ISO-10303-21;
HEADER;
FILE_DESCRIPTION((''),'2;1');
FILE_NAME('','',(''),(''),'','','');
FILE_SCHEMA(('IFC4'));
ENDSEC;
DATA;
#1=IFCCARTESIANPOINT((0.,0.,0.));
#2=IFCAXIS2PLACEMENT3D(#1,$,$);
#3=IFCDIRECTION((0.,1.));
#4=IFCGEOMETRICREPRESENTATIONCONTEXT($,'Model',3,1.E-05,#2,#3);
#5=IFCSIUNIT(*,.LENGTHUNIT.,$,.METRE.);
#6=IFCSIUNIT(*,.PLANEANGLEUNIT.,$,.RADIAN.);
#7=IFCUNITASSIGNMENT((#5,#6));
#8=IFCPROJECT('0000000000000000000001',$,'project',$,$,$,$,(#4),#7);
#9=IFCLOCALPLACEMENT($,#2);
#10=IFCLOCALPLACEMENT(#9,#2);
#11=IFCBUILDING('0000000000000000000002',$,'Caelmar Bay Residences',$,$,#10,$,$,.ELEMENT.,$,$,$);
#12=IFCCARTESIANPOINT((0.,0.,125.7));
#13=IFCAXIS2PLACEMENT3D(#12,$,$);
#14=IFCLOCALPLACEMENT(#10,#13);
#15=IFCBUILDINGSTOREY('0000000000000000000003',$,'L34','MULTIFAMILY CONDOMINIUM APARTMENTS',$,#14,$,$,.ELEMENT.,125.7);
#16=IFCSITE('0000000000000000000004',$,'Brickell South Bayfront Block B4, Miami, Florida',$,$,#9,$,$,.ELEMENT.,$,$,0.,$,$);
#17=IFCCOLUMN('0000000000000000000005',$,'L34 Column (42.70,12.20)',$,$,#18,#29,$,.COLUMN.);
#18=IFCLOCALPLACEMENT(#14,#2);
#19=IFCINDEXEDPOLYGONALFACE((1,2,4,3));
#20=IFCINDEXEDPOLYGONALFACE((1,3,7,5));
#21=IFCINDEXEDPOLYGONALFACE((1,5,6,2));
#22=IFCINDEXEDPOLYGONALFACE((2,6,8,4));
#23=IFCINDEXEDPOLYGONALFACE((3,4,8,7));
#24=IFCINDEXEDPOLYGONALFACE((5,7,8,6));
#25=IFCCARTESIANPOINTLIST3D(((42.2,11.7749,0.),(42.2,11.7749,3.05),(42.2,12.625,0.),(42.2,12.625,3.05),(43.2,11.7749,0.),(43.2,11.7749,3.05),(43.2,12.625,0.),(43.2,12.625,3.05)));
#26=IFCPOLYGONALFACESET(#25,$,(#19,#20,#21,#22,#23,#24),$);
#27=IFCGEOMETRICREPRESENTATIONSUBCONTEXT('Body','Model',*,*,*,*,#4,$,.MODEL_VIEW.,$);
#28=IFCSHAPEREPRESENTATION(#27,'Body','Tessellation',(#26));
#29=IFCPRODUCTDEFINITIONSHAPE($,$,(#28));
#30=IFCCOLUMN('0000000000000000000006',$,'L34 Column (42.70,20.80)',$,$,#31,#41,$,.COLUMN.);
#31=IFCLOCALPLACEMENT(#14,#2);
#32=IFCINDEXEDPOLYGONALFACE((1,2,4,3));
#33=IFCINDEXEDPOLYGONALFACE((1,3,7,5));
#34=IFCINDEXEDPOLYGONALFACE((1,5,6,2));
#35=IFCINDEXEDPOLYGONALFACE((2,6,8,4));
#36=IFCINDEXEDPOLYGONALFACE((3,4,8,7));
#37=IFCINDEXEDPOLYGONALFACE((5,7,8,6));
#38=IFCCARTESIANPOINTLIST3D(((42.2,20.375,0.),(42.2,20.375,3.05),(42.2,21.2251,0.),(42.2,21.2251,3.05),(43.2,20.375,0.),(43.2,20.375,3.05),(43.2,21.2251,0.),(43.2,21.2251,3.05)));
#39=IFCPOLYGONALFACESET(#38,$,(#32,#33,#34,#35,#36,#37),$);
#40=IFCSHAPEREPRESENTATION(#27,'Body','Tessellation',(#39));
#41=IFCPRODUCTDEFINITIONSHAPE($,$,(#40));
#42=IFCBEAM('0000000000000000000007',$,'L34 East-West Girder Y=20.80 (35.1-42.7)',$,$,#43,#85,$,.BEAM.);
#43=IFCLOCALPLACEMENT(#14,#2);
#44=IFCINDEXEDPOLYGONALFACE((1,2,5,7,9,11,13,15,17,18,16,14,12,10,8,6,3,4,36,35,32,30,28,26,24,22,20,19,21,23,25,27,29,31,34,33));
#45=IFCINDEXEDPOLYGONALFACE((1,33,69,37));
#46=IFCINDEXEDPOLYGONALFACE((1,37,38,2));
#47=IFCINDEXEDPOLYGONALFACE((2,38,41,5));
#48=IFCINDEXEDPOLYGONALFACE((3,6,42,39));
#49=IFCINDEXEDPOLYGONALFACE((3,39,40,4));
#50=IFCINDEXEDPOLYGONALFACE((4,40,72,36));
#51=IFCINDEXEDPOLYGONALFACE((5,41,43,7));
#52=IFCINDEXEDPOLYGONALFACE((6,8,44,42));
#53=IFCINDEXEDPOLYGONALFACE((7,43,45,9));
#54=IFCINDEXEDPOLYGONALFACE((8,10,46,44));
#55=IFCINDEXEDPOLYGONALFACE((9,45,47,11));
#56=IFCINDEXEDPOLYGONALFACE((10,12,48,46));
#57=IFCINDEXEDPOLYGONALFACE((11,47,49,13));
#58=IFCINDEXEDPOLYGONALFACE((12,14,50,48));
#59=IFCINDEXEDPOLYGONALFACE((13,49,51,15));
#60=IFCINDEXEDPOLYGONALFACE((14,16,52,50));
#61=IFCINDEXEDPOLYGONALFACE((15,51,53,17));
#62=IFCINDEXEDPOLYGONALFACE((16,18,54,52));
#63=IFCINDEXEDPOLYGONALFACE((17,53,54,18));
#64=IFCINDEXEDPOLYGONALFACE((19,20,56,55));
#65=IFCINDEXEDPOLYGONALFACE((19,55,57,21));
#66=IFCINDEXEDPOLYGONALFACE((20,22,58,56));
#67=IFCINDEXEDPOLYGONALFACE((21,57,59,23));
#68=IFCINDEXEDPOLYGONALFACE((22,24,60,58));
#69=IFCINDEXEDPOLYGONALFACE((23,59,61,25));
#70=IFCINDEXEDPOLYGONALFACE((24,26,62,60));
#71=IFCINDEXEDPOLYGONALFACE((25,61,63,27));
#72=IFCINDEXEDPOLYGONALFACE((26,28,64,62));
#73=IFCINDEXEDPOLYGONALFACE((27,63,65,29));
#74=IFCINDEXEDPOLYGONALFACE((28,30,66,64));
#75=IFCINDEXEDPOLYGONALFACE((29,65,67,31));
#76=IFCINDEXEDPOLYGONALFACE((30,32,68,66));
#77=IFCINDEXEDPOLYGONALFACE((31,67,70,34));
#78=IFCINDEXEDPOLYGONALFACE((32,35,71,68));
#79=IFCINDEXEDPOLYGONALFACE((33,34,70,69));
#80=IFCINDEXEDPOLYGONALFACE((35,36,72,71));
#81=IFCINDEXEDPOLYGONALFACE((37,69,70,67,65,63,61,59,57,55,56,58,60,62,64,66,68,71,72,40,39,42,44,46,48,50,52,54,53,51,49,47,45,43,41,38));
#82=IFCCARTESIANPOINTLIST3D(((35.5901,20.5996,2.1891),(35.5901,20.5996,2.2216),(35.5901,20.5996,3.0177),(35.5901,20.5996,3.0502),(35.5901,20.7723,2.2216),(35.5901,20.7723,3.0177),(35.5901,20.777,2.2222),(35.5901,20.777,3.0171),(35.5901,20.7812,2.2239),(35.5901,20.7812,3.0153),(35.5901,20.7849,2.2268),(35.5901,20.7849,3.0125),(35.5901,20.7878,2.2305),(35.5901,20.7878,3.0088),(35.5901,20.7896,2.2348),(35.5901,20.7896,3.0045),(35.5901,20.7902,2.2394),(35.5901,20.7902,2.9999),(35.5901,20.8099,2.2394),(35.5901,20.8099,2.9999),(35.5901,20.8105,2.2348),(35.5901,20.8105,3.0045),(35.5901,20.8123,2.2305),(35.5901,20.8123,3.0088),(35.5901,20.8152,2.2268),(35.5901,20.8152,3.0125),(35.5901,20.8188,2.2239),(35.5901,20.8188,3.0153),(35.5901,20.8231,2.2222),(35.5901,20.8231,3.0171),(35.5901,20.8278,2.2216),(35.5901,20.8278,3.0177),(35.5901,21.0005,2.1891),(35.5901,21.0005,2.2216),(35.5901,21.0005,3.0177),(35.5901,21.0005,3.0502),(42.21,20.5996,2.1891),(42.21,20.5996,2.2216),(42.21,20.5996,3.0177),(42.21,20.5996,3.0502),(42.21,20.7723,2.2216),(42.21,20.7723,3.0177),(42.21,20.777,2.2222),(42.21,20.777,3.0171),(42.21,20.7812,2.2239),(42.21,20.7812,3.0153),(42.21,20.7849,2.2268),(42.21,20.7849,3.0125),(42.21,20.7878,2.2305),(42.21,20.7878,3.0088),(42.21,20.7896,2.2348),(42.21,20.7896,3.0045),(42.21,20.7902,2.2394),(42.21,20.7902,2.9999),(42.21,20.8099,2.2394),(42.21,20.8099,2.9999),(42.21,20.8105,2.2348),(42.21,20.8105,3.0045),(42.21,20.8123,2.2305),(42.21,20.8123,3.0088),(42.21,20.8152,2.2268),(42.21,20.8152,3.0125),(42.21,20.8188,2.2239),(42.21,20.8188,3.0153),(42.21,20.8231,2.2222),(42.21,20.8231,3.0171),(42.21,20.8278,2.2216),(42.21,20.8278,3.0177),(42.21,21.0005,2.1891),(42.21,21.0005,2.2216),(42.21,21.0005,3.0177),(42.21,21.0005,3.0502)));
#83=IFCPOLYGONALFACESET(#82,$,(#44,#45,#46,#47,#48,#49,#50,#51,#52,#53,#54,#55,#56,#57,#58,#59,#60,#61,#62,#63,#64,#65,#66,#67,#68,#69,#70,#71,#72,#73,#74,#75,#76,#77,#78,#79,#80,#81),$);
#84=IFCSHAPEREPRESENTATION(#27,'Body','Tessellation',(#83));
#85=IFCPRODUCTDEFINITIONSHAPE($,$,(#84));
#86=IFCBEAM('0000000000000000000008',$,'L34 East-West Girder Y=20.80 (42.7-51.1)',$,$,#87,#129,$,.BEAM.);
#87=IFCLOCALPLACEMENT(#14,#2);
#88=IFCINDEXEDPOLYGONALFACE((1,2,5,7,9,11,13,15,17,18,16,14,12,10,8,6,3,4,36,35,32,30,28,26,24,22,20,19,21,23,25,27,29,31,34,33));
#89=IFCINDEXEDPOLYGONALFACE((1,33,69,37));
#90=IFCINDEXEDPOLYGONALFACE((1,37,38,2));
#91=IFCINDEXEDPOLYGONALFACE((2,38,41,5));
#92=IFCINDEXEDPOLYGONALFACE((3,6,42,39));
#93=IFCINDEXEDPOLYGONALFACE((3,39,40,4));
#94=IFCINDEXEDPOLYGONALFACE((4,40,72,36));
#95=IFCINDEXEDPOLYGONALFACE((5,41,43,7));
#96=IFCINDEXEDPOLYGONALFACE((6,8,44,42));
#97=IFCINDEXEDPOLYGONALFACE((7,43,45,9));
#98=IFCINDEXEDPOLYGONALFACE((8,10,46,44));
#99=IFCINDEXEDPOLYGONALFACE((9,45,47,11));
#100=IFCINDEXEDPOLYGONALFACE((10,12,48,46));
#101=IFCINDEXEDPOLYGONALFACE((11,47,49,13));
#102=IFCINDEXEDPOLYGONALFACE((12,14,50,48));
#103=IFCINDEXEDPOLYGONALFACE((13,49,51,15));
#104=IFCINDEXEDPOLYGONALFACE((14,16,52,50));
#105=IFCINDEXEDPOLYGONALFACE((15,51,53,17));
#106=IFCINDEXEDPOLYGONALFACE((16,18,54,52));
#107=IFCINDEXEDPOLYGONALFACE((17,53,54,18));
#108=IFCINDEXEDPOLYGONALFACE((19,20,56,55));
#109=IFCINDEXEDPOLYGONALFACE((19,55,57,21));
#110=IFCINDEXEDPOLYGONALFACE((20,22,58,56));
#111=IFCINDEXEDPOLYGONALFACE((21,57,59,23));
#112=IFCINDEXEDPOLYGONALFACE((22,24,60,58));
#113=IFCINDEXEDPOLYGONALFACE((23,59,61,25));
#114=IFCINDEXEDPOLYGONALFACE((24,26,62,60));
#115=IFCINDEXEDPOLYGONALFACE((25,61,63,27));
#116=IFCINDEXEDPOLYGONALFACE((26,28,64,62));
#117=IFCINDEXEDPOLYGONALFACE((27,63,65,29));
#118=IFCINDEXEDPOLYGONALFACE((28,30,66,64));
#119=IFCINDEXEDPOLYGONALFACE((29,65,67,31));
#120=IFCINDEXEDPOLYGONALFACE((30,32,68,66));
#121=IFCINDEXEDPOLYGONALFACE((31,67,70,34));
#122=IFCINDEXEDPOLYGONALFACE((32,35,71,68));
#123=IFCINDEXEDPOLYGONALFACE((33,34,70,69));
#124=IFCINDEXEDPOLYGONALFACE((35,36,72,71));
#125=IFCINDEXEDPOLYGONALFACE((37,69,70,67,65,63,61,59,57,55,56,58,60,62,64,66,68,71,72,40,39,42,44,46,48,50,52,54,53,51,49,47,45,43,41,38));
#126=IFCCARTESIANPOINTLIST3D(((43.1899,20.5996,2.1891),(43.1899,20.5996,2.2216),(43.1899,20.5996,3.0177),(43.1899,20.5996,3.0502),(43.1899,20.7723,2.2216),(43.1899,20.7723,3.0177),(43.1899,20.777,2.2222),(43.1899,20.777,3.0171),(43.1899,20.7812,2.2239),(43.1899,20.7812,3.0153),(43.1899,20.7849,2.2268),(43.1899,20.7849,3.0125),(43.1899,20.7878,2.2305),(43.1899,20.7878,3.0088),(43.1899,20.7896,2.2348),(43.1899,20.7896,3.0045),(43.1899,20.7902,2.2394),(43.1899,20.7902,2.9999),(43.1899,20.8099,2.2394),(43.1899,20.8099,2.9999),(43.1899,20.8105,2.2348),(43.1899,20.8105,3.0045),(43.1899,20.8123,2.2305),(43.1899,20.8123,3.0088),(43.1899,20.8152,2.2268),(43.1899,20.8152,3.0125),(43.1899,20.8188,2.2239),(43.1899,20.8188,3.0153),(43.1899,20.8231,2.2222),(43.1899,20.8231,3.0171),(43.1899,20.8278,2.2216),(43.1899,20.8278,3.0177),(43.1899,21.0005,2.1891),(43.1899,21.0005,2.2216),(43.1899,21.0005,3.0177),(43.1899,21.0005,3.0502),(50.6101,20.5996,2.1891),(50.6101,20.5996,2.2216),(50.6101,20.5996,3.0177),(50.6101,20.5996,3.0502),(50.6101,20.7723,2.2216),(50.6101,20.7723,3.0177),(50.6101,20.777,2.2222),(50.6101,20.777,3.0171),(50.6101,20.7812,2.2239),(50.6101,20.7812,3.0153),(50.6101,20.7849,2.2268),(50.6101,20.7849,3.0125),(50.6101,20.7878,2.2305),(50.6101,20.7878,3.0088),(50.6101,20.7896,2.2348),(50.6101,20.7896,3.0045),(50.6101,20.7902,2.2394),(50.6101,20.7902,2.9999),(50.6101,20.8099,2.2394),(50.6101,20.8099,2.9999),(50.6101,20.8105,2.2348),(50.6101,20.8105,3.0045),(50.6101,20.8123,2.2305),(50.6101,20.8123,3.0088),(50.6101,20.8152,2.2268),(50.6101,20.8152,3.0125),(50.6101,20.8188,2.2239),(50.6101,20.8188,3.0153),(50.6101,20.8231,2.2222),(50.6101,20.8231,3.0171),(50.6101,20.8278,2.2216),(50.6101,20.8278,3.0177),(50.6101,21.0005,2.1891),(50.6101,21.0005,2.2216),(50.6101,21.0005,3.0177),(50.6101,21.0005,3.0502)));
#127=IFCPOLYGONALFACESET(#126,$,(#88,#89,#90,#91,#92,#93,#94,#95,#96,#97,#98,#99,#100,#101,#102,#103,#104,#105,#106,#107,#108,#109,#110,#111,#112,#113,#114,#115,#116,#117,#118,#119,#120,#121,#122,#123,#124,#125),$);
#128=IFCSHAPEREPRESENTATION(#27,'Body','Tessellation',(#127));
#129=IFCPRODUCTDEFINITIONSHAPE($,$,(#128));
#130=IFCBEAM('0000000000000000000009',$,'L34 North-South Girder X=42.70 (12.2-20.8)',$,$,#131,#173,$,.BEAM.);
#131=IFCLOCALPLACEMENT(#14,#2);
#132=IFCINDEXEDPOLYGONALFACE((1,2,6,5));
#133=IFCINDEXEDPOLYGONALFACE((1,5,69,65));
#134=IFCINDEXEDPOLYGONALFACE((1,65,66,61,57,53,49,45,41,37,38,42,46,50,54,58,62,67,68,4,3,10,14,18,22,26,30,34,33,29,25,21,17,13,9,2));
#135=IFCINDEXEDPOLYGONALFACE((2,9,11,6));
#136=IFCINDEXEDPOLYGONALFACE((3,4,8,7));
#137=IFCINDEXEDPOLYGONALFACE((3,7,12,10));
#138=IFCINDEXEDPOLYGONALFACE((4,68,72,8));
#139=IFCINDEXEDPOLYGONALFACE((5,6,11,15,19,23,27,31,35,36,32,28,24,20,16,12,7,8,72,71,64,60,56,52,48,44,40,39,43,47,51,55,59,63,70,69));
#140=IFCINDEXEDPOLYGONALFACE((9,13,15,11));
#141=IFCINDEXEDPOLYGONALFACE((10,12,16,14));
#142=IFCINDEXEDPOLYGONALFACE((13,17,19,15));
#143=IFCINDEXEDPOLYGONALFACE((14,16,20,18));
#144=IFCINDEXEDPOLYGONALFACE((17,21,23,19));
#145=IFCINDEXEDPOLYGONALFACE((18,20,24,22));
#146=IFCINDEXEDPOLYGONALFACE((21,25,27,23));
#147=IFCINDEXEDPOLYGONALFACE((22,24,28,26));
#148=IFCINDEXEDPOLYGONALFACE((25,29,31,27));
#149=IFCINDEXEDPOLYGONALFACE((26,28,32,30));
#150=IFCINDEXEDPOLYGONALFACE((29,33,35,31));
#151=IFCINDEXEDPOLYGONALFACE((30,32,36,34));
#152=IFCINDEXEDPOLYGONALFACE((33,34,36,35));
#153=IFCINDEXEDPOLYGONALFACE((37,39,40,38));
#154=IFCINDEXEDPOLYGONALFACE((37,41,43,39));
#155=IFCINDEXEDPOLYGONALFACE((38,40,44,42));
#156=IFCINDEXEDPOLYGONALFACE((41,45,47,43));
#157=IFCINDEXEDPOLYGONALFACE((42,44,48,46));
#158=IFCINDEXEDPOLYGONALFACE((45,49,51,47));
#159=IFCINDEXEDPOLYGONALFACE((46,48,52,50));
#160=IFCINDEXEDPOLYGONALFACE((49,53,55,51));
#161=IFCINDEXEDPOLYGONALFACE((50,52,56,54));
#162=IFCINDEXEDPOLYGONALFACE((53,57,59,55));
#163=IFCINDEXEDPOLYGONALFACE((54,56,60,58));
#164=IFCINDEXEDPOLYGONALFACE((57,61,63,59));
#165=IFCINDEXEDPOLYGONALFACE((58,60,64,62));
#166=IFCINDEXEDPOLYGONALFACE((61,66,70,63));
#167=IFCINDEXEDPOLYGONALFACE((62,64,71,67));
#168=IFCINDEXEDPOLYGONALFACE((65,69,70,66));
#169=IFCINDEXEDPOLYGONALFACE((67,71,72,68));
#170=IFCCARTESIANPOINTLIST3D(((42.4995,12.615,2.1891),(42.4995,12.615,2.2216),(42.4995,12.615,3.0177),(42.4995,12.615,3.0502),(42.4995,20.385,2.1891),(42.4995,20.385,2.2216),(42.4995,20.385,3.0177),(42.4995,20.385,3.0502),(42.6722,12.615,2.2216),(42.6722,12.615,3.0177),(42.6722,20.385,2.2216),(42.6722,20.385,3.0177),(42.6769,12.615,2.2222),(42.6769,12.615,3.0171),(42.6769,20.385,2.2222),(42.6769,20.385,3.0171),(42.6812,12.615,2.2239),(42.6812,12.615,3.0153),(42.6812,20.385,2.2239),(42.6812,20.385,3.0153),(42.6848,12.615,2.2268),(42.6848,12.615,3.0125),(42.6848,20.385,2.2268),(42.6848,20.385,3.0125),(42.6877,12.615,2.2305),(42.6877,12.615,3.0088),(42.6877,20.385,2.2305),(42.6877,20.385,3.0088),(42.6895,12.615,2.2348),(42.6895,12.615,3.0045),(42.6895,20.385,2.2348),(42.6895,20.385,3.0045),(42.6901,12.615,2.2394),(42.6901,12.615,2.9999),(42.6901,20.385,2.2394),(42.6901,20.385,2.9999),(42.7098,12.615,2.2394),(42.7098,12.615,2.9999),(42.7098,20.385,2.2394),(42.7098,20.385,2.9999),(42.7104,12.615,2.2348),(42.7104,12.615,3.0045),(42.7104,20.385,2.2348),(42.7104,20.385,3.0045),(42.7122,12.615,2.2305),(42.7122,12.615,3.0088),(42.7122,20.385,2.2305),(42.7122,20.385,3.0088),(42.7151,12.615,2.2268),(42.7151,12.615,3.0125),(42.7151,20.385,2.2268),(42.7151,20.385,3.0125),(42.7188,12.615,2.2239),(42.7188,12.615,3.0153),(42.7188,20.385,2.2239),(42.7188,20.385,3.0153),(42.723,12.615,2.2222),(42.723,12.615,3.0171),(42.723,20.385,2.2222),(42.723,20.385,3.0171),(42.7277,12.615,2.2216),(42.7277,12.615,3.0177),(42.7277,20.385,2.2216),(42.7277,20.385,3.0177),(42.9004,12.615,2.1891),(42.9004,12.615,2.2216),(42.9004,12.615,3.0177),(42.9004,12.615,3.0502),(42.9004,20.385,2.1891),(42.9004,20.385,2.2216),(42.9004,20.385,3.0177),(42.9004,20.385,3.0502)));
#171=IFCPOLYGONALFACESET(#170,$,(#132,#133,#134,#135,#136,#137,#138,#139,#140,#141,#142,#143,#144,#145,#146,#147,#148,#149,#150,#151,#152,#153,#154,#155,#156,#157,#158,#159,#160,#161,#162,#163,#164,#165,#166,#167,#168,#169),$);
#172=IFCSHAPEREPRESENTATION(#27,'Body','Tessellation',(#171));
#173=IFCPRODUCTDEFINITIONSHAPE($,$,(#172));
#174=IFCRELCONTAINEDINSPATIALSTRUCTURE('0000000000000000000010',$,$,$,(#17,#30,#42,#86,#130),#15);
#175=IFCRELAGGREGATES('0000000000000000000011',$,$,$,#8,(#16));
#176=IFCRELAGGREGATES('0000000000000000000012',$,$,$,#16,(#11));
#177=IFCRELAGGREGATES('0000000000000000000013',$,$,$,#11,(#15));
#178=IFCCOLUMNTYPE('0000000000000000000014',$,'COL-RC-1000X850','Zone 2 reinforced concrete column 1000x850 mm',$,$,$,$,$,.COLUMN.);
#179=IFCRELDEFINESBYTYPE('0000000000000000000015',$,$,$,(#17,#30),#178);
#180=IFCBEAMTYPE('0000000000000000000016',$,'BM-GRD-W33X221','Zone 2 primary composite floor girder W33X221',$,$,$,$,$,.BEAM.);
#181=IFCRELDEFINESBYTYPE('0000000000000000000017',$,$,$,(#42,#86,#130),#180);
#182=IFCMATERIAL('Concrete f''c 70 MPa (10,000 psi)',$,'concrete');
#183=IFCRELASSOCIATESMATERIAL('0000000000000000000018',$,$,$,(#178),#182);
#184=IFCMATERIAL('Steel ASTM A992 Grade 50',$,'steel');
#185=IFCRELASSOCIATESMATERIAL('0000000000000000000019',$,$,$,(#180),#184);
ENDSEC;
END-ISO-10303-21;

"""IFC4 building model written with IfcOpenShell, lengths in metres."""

from ifc_helpers import new_model, si_unit, direction, frame, origin, origin_2d, place, context, subcontext, project, spatial, rectangle, i_section, extrude, material, material_profile, profile_set, type_object, element, save


model = new_model("IFC4")

# Units and contexts
model_context = context("Model", 3, precision=1e-05, world=origin(), true_north=direction((0.0, 1.0)))
body_context = subcontext(model_context, "Body", "Model", "MODEL_VIEW")
ifc_project = project(units=[si_unit("LENGTHUNIT", "METRE"), si_unit("PLANEANGLEUNIT", "RADIAN")], contexts=[model_context])

# Site, building, storey
site_placement = place(None, origin())
site = spatial("IfcSite", under=ifc_project, at=site_placement, Name="Brickell South Bayfront Block B4, Miami, Florida", CompositionType="ELEMENT", RefElevation=0.0)
building_placement = place(site_placement, origin())
building = spatial("IfcBuilding", under=site, at=building_placement, Name="Caelmar Bay Residences", CompositionType="ELEMENT")
storey_placement = place(building_placement, frame((0.0, 0.0, 125.7)))
storey = spatial("IfcBuildingStorey", under=building, at=storey_placement, Name="L34", Description="MULTIFAMILY CONDOMINIUM APARTMENTS", CompositionType="ELEMENT", Elevation=125.7)

# Columns
ifc_material_1 = material(Name="Concrete f'c 70 MPa (10,000 psi)", Category="concrete")
ifc_material_profile_1 = material_profile(ifc_material_1, rectangle(XDim=1.0, YDim=0.8501, at=origin_2d()), Name="RC-COL-1000X850")
ifc_profile_set_1 = profile_set([ifc_material_profile_1], Name="Concrete f'c 70 MPa (10,000 psi)")
column_type = type_object("IfcColumnType", Name="COL-RC-1000X850", Description="Zone 2 reinforced concrete column 1000x850 mm", PredefinedType="COLUMN", material=ifc_profile_set_1)
for number, where, z_axis, x_axis, name in (
    (1, (42.7, 12.2, 0.0), (0.0, 0.0, 1.0), (1.0, 0.0, 0.0), "L34 Column (42.70,12.20)"),
    (2, (42.7, 20.8, 0.0), (0.0, 0.0, 1.0), (1.0, 0.0, 0.0), "L34 Column (42.70,20.80)"),
):
    element("IfcColumn", number, at=place(storey_placement, frame(where, z_axis=z_axis, x_axis=x_axis)), inside=storey, type_object=column_type, Name=name, PredefinedType="COLUMN", context=body_context, shape_type="SweptSolid", body=[
        extrude(rectangle(XDim=1.0, YDim=0.8501, at=origin_2d()), origin(), (0.0, 0.0, 1.0), 3.05),
    ])

# Beams
ifc_material_2 = material(Name="Steel ASTM A992 Grade 50", Category="steel")
ifc_material_profile_2 = material_profile(ifc_material_2, i_section(OverallWidth=0.4009, OverallDepth=0.8611, WebThickness=0.0198, FlangeThickness=0.0325, FilletRadius=0.0178, at=origin_2d()), Name="W33X221")
ifc_profile_set_2 = profile_set([ifc_material_profile_2], Name="Steel ASTM A992 Grade 50")
beam_type_1 = type_object("IfcBeamType", Name="BM-GRD-W33X221", Description="Zone 2 primary composite floor girder W33X221", PredefinedType="BEAM", material=ifc_profile_set_2)
beam_1_placement = place(storey_placement, frame((35.5901, 20.8, 2.6196), z_axis=(1.0, 0.0, 0.0), x_axis=(0.0, 1.0, 0.0)))
element("IfcBeam", 3, at=beam_1_placement, inside=storey, type_object=beam_type_1, Name="L34 East-West Girder Y=20.80 (35.1-42.7)", PredefinedType="BEAM", context=body_context, shape_type="SweptSolid", body=[
    extrude(i_section(OverallWidth=0.4009, OverallDepth=0.8611, WebThickness=0.0198, FlangeThickness=0.0325, FilletRadius=0.0178, at=origin_2d()), origin(), (0.0, 0.0, 1.0), 6.6199),
])
beam_2_placement = place(storey_placement, frame((43.1899, 20.8, 2.6196), z_axis=(1.0, 0.0, 0.0), x_axis=(0.0, 1.0, 0.0)))
element("IfcBeam", 4, at=beam_2_placement, inside=storey, type_object=beam_type_1, Name="L34 East-West Girder Y=20.80 (42.7-51.1)", PredefinedType="BEAM", context=body_context, shape_type="SweptSolid", body=[
    extrude(i_section(OverallWidth=0.4009, OverallDepth=0.8611, WebThickness=0.0198, FlangeThickness=0.0325, FilletRadius=0.0178, at=origin_2d()), origin(), (0.0, 0.0, 1.0), 7.4202),
])
beam_3_placement = place(storey_placement, frame((42.7, 12.615, 2.6196), z_axis=(0.0, 1.0, 0.0), x_axis=(-1.0, 0.0, 0.0)))
element("IfcBeam", 5, at=beam_3_placement, inside=storey, type_object=beam_type_1, Name="L34 North-South Girder X=42.70 (12.2-20.8)", PredefinedType="BEAM", context=body_context, shape_type="SweptSolid", body=[
    extrude(i_section(OverallWidth=0.4009, OverallDepth=0.8611, WebThickness=0.0198, FlangeThickness=0.0325, FilletRadius=0.0178, at=origin_2d()), origin(), (0.0, 0.0, 1.0), 7.77),
])

save(model, "model.ifc")
